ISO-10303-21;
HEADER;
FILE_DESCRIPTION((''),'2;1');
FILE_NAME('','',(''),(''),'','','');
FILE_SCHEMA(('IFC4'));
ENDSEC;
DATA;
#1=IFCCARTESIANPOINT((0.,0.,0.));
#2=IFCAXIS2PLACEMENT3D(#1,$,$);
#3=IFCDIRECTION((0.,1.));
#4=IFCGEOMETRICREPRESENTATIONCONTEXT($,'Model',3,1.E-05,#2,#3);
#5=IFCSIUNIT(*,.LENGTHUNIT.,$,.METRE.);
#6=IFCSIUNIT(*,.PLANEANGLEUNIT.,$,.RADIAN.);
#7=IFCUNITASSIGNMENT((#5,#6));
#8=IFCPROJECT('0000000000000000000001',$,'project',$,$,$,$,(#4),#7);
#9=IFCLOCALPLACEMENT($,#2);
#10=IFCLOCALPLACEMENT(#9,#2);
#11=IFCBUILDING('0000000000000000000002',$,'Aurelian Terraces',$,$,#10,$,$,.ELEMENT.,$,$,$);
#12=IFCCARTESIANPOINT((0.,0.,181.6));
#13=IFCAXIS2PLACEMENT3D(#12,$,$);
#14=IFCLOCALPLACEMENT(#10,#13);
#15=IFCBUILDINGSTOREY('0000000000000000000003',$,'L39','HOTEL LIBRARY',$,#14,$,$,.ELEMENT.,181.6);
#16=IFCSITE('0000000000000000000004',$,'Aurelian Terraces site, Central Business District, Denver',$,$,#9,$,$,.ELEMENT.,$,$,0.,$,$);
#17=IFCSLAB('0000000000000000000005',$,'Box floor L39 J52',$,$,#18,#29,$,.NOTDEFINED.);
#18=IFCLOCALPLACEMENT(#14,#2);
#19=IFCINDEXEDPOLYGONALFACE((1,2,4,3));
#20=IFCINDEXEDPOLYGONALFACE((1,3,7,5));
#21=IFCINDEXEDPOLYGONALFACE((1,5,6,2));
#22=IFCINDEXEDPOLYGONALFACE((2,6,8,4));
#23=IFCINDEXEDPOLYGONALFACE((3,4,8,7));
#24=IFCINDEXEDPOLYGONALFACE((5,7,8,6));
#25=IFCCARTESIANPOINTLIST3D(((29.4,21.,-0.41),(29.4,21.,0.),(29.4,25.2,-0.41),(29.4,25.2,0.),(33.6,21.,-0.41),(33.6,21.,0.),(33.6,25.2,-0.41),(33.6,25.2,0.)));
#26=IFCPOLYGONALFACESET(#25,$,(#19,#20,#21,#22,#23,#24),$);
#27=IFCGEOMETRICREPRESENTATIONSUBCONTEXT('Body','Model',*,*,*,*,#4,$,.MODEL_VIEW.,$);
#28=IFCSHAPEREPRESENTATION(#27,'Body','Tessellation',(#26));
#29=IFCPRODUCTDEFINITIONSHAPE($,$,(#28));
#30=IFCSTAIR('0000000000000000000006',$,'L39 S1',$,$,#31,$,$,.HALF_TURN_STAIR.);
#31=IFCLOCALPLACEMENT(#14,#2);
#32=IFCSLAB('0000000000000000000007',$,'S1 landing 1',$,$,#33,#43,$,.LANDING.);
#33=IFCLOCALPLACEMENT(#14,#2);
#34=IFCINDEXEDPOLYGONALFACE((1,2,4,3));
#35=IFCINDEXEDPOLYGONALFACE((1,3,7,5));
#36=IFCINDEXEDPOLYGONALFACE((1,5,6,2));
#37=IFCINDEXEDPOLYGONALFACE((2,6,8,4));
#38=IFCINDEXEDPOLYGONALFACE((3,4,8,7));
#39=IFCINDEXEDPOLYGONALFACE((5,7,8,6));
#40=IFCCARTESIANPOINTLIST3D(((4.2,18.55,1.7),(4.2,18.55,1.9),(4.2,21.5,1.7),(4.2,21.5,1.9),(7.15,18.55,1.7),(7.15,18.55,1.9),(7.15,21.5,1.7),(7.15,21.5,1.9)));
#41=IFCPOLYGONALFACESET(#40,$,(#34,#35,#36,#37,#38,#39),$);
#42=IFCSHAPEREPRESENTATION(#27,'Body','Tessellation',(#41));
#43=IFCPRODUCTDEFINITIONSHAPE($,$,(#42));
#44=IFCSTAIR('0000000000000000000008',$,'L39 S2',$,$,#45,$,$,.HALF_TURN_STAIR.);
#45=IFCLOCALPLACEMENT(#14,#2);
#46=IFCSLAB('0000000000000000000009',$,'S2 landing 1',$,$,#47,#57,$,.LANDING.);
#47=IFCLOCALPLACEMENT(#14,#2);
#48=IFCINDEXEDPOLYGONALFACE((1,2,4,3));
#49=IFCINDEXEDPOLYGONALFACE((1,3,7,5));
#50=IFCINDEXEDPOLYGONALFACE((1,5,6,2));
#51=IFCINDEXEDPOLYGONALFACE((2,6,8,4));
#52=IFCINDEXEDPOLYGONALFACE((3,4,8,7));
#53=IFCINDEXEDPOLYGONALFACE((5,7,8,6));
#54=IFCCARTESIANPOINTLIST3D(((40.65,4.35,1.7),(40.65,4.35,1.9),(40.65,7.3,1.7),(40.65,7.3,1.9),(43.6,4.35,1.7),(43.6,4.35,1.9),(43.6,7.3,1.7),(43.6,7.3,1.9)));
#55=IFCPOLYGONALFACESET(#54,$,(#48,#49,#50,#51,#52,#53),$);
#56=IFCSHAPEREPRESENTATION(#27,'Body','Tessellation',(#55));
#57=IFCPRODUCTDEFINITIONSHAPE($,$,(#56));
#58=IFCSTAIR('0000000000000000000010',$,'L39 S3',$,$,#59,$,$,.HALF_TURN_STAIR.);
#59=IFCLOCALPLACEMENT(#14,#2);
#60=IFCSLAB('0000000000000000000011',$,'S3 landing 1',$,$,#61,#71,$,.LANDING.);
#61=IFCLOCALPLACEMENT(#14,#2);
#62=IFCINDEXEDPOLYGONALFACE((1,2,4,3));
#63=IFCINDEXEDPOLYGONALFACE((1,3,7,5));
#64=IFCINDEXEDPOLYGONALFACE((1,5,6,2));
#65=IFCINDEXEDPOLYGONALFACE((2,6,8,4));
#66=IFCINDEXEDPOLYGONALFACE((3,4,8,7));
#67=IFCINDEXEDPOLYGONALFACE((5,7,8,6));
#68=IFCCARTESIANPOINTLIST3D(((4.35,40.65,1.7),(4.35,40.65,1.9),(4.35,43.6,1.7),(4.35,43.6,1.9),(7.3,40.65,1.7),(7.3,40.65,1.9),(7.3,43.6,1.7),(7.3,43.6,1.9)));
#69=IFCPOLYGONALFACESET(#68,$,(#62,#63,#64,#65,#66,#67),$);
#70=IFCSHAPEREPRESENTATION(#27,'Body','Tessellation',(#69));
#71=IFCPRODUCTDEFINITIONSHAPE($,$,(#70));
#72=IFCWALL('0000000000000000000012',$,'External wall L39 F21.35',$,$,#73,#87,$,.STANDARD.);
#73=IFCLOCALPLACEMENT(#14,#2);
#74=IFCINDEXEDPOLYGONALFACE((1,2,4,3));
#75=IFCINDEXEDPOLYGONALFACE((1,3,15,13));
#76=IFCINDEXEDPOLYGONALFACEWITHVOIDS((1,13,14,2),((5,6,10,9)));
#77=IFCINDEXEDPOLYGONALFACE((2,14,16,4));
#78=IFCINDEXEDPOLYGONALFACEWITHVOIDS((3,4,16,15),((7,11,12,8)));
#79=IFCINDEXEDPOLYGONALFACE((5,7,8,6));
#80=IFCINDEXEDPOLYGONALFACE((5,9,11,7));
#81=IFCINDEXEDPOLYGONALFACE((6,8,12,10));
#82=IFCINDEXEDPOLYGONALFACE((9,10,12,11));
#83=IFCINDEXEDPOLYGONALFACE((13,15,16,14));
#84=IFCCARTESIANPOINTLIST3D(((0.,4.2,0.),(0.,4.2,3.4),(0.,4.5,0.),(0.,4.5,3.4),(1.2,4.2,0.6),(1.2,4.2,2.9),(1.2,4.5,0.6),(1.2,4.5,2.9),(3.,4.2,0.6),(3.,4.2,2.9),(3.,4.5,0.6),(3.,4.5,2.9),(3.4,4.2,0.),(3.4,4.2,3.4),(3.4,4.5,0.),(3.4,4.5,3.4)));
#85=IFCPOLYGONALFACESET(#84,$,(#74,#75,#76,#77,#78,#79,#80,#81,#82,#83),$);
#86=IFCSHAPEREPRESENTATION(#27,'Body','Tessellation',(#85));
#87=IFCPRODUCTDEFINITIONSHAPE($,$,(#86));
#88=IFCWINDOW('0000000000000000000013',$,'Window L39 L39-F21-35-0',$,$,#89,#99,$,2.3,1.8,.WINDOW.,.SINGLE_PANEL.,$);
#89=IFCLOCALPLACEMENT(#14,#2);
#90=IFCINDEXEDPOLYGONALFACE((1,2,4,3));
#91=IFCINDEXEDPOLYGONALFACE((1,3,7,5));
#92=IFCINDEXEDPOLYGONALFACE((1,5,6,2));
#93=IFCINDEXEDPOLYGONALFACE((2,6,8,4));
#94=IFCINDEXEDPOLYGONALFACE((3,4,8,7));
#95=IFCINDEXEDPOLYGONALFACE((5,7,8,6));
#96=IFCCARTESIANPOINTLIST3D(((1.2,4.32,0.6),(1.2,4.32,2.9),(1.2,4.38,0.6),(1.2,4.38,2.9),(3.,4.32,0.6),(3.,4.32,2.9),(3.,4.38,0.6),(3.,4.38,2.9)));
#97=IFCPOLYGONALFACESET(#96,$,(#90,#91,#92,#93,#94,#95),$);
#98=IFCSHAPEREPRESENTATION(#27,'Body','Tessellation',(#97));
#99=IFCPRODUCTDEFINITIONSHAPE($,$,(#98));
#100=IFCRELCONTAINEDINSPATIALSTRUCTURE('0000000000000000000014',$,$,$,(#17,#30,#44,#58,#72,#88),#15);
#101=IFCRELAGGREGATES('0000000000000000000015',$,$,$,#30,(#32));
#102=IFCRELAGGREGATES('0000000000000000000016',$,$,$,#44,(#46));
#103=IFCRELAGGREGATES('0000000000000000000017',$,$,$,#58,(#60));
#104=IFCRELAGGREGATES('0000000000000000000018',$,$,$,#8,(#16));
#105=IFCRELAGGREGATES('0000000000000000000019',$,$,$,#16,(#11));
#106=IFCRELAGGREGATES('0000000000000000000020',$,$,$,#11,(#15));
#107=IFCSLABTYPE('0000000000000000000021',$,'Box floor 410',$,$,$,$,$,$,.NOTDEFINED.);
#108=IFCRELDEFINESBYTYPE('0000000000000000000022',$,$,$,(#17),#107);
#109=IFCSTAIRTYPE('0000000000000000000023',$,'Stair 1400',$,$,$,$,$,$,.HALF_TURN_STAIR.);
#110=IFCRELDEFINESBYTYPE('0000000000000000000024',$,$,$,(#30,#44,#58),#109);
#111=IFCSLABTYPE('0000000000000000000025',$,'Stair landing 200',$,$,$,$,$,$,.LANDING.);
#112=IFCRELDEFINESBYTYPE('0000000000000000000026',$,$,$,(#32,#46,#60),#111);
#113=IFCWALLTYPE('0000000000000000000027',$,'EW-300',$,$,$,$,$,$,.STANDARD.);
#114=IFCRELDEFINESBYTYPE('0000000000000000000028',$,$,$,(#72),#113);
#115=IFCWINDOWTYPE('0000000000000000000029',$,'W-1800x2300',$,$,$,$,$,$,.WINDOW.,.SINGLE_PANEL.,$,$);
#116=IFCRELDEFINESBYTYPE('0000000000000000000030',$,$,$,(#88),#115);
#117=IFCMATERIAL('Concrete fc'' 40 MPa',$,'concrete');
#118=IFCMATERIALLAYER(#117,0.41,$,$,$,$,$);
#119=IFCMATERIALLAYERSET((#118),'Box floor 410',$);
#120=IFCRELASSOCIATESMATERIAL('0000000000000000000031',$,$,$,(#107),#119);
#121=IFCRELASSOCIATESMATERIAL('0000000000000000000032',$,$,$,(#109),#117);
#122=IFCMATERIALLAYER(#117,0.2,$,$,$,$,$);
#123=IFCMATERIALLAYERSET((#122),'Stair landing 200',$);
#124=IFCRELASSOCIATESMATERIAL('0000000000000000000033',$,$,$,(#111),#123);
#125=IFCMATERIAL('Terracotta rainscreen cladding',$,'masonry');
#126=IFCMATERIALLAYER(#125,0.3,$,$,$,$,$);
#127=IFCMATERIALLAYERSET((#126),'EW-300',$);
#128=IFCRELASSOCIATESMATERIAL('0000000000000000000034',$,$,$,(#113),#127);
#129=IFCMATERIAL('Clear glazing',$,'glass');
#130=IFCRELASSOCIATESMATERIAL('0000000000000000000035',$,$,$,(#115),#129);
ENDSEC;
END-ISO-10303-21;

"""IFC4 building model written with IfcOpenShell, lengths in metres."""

from ifc_helpers import new_model, si_unit, direction, frame, frame_2d, origin, place, context, subcontext, project, spatial, polyline, rectangle, outline, extrude, source, transform, mapped, material, layer, layer_set, type_object, element, fill, aggregate, save


model = new_model("IFC4")

# Units and contexts
model_context = context("Model", 3, precision=1e-05, world=origin(), true_north=direction((0.0, 1.0)))
body_context = subcontext(model_context, "Body", "Model", "MODEL_VIEW")
ifc_project = project(units=[si_unit("LENGTHUNIT", "METRE"), si_unit("PLANEANGLEUNIT", "RADIAN")], contexts=[model_context])

# Site, building, storey
site_placement = place(None, origin())
site = spatial("IfcSite", under=ifc_project, at=site_placement, Name="Aurelian Terraces site, Central Business District, Denver", CompositionType="ELEMENT", RefElevation=0.0)
building_placement = place(site_placement, origin())
building = spatial("IfcBuilding", under=site, at=building_placement, Name="Aurelian Terraces", CompositionType="ELEMENT")
storey_placement = place(building_placement, frame((0.0, 0.0, 181.6)))
storey = spatial("IfcBuildingStorey", under=building, at=storey_placement, Name="L39", Description="HOTEL LIBRARY", CompositionType="ELEMENT", Elevation=181.6)

# Slab
ifc_material_1 = material(Name="Concrete fc' 40 MPa", Category="concrete")
ifc_layer_1 = layer(ifc_material_1, 0.41)
ifc_layer_set_1 = layer_set([ifc_layer_1], Name="Box floor 410")
slab_type_1 = type_object("IfcSlabType", Name="Box floor 410", PredefinedType="NOTDEFINED", material=ifc_layer_set_1)
shared_shape_1 = source(origin(), body_context, "Body", "SweptSolid", [
    extrude(outline(polyline([(33.6, 25.2), (29.4, 25.2), (29.4, 21.0), (33.6, 21.0), (33.6, 25.2)])), origin(), (0.0, 0.0, 1.0), 0.41),
])
slab_1_placement = place(storey_placement, frame((0.0, 0.0, -0.41)))
element("IfcSlab", 1, at=slab_1_placement, inside=storey, type_object=slab_type_1, Name="Box floor L39 J52", PredefinedType="NOTDEFINED", context=body_context, shape_type="MappedRepresentation", body=[
    mapped(shared_shape_1, transform((0.0, 0.0, 0.0), scale=1.0)),
])

# Stairs, slabs
stair_type = type_object("IfcStairType", Name="Stair 1400", PredefinedType="HALF_TURN_STAIR", material=ifc_material_1)
stair_1_placement = place(storey_placement, origin())
stair_1 = element("IfcStair", 2, at=stair_1_placement, inside=storey, type_object=stair_type, Name="L39 S1", PredefinedType="HALF_TURN_STAIR")
ifc_layer_2 = layer(ifc_material_1, 0.2)
ifc_layer_set_2 = layer_set([ifc_layer_2], Name="Stair landing 200")
slab_type_2 = type_object("IfcSlabType", Name="Stair landing 200", PredefinedType="LANDING", material=ifc_layer_set_2)
shared_shape_2 = source(origin(), body_context, "Body", "SweptSolid", [
    extrude(outline(polyline([(7.15, 18.55), (7.15, 21.5), (4.2, 21.5), (4.2, 18.55), (7.15, 18.55)])), origin(), (0.0, 0.0, 1.0), 0.2),
])
slab_2_placement = place(storey_placement, frame((0.0, 0.0, 1.7)))
slab_2 = element("IfcSlab", 3, at=slab_2_placement, type_object=slab_type_2, Name="S1 landing 1", PredefinedType="LANDING", context=body_context, shape_type="MappedRepresentation", body=[
    mapped(shared_shape_2, transform((0.0, 0.0, 0.0), scale=1.0)),
])
aggregate(stair_1, [slab_2])
stair_2_placement = place(storey_placement, origin())
stair_2 = element("IfcStair", 4, at=stair_2_placement, inside=storey, type_object=stair_type, Name="L39 S2", PredefinedType="HALF_TURN_STAIR")
shared_shape_3 = source(origin(), body_context, "Body", "SweptSolid", [
    extrude(outline(polyline([(43.6, 4.35), (43.6, 7.3), (40.65, 7.3), (40.65, 4.35), (43.6, 4.35)])), origin(), (0.0, 0.0, 1.0), 0.2),
])
slab_3_placement = place(storey_placement, frame((0.0, 0.0, 1.7)))
slab_3 = element("IfcSlab", 5, at=slab_3_placement, type_object=slab_type_2, Name="S2 landing 1", PredefinedType="LANDING", context=body_context, shape_type="MappedRepresentation", body=[
    mapped(shared_shape_3, transform((0.0, 0.0, 0.0), scale=1.0)),
])
aggregate(stair_2, [slab_3])
stair_3_placement = place(storey_placement, origin())
stair_3 = element("IfcStair", 6, at=stair_3_placement, inside=storey, type_object=stair_type, Name="L39 S3", PredefinedType="HALF_TURN_STAIR")
shared_shape_4 = source(origin(), body_context, "Body", "SweptSolid", [
    extrude(outline(polyline([(4.35, 40.65), (7.3, 40.65), (7.3, 43.6), (4.35, 43.6), (4.35, 40.65)])), origin(), (0.0, 0.0, 1.0), 0.2),
])
slab_4_placement = place(storey_placement, frame((0.0, 0.0, 1.7)))
slab_4 = element("IfcSlab", 7, at=slab_4_placement, type_object=slab_type_2, Name="S3 landing 1", PredefinedType="LANDING", context=body_context, shape_type="MappedRepresentation", body=[
    mapped(shared_shape_4, transform((0.0, 0.0, 0.0), scale=1.0)),
])
aggregate(stair_3, [slab_4])

# Wall, opening, window
ifc_material_2 = material(Name="Terracotta rainscreen cladding", Category="masonry")
ifc_layer_3 = layer(ifc_material_2, 0.3)
ifc_layer_set_3 = layer_set([ifc_layer_3], Name="EW-300")
wall_type = type_object("IfcWallType", Name="EW-300", PredefinedType="STANDARD", material=ifc_layer_set_3)
shared_shape_5 = source(origin(), body_context, "Body", "SweptSolid", [
    extrude(rectangle(XDim=3.4, YDim=0.3, at=frame_2d((1.7, 0.0))), origin(), (0.0, 0.0, 1.0), 3.4),
])
wall_placement = place(storey_placement, frame((0.0, 4.35, 0.0), z_axis=(0.0, 0.0, 1.0), x_axis=(1.0, 0.0, 0.0)))
wall = element("IfcWall", 8, at=wall_placement, inside=storey, type_object=wall_type, Name="External wall L39 F21.35", PredefinedType="STANDARD", context=body_context, shape_type="MappedRepresentation", body=[
    mapped(shared_shape_5, transform((0.0, 0.0, 0.0), scale=1.0)),
])
shared_shape_6 = source(origin(), body_context, "Body", "SweptSolid", [
    extrude(rectangle(XDim=1.8, YDim=2.3, at=frame_2d((0.9, 1.15))), frame((0.0, 0.16, 0.0), z_axis=(0.0, -1.0, 0.0), x_axis=(1.0, 0.0, 0.0)), (0.0, 0.0, 1.0), 0.32),
])
opening_placement = place(wall_placement, frame((1.2, 0.0, 0.6)))
opening = element("IfcOpeningElement", 9, at=opening_placement, cuts=wall, PredefinedType="OPENING", context=body_context, shape_type="MappedRepresentation", body=[
    mapped(shared_shape_6, transform((0.0, 0.0, 0.0), scale=1.0)),
])
ifc_material_3 = material(Name="Clear glazing", Category="glass")
window_type = type_object("IfcWindowType", Name="W-1800x2300", PartitioningType="SINGLE_PANEL", PredefinedType="WINDOW", material=ifc_material_3)
shared_shape_7 = source(origin(), body_context, "Body", "SweptSolid", [
    extrude(rectangle(XDim=1.8, YDim=2.3, at=frame_2d((0.9, 1.15))), frame((0.0, 0.03, 0.0), z_axis=(0.0, -1.0, 0.0), x_axis=(1.0, 0.0, 0.0)), (0.0, 0.0, 1.0), 0.06),
])
window_placement = place(opening_placement, origin())
window = element("IfcWindow", 10, at=window_placement, inside=storey, type_object=window_type, Name="Window L39 L39-F21-35-0", OverallHeight=2.3, OverallWidth=1.8, PartitioningType="SINGLE_PANEL", PredefinedType="WINDOW", context=body_context, shape_type="MappedRepresentation", body=[
    mapped(shared_shape_7, transform((0.0, 0.0, 0.0), scale=1.0)),
])
fill(opening, window)

save(model, "model.ifc")
